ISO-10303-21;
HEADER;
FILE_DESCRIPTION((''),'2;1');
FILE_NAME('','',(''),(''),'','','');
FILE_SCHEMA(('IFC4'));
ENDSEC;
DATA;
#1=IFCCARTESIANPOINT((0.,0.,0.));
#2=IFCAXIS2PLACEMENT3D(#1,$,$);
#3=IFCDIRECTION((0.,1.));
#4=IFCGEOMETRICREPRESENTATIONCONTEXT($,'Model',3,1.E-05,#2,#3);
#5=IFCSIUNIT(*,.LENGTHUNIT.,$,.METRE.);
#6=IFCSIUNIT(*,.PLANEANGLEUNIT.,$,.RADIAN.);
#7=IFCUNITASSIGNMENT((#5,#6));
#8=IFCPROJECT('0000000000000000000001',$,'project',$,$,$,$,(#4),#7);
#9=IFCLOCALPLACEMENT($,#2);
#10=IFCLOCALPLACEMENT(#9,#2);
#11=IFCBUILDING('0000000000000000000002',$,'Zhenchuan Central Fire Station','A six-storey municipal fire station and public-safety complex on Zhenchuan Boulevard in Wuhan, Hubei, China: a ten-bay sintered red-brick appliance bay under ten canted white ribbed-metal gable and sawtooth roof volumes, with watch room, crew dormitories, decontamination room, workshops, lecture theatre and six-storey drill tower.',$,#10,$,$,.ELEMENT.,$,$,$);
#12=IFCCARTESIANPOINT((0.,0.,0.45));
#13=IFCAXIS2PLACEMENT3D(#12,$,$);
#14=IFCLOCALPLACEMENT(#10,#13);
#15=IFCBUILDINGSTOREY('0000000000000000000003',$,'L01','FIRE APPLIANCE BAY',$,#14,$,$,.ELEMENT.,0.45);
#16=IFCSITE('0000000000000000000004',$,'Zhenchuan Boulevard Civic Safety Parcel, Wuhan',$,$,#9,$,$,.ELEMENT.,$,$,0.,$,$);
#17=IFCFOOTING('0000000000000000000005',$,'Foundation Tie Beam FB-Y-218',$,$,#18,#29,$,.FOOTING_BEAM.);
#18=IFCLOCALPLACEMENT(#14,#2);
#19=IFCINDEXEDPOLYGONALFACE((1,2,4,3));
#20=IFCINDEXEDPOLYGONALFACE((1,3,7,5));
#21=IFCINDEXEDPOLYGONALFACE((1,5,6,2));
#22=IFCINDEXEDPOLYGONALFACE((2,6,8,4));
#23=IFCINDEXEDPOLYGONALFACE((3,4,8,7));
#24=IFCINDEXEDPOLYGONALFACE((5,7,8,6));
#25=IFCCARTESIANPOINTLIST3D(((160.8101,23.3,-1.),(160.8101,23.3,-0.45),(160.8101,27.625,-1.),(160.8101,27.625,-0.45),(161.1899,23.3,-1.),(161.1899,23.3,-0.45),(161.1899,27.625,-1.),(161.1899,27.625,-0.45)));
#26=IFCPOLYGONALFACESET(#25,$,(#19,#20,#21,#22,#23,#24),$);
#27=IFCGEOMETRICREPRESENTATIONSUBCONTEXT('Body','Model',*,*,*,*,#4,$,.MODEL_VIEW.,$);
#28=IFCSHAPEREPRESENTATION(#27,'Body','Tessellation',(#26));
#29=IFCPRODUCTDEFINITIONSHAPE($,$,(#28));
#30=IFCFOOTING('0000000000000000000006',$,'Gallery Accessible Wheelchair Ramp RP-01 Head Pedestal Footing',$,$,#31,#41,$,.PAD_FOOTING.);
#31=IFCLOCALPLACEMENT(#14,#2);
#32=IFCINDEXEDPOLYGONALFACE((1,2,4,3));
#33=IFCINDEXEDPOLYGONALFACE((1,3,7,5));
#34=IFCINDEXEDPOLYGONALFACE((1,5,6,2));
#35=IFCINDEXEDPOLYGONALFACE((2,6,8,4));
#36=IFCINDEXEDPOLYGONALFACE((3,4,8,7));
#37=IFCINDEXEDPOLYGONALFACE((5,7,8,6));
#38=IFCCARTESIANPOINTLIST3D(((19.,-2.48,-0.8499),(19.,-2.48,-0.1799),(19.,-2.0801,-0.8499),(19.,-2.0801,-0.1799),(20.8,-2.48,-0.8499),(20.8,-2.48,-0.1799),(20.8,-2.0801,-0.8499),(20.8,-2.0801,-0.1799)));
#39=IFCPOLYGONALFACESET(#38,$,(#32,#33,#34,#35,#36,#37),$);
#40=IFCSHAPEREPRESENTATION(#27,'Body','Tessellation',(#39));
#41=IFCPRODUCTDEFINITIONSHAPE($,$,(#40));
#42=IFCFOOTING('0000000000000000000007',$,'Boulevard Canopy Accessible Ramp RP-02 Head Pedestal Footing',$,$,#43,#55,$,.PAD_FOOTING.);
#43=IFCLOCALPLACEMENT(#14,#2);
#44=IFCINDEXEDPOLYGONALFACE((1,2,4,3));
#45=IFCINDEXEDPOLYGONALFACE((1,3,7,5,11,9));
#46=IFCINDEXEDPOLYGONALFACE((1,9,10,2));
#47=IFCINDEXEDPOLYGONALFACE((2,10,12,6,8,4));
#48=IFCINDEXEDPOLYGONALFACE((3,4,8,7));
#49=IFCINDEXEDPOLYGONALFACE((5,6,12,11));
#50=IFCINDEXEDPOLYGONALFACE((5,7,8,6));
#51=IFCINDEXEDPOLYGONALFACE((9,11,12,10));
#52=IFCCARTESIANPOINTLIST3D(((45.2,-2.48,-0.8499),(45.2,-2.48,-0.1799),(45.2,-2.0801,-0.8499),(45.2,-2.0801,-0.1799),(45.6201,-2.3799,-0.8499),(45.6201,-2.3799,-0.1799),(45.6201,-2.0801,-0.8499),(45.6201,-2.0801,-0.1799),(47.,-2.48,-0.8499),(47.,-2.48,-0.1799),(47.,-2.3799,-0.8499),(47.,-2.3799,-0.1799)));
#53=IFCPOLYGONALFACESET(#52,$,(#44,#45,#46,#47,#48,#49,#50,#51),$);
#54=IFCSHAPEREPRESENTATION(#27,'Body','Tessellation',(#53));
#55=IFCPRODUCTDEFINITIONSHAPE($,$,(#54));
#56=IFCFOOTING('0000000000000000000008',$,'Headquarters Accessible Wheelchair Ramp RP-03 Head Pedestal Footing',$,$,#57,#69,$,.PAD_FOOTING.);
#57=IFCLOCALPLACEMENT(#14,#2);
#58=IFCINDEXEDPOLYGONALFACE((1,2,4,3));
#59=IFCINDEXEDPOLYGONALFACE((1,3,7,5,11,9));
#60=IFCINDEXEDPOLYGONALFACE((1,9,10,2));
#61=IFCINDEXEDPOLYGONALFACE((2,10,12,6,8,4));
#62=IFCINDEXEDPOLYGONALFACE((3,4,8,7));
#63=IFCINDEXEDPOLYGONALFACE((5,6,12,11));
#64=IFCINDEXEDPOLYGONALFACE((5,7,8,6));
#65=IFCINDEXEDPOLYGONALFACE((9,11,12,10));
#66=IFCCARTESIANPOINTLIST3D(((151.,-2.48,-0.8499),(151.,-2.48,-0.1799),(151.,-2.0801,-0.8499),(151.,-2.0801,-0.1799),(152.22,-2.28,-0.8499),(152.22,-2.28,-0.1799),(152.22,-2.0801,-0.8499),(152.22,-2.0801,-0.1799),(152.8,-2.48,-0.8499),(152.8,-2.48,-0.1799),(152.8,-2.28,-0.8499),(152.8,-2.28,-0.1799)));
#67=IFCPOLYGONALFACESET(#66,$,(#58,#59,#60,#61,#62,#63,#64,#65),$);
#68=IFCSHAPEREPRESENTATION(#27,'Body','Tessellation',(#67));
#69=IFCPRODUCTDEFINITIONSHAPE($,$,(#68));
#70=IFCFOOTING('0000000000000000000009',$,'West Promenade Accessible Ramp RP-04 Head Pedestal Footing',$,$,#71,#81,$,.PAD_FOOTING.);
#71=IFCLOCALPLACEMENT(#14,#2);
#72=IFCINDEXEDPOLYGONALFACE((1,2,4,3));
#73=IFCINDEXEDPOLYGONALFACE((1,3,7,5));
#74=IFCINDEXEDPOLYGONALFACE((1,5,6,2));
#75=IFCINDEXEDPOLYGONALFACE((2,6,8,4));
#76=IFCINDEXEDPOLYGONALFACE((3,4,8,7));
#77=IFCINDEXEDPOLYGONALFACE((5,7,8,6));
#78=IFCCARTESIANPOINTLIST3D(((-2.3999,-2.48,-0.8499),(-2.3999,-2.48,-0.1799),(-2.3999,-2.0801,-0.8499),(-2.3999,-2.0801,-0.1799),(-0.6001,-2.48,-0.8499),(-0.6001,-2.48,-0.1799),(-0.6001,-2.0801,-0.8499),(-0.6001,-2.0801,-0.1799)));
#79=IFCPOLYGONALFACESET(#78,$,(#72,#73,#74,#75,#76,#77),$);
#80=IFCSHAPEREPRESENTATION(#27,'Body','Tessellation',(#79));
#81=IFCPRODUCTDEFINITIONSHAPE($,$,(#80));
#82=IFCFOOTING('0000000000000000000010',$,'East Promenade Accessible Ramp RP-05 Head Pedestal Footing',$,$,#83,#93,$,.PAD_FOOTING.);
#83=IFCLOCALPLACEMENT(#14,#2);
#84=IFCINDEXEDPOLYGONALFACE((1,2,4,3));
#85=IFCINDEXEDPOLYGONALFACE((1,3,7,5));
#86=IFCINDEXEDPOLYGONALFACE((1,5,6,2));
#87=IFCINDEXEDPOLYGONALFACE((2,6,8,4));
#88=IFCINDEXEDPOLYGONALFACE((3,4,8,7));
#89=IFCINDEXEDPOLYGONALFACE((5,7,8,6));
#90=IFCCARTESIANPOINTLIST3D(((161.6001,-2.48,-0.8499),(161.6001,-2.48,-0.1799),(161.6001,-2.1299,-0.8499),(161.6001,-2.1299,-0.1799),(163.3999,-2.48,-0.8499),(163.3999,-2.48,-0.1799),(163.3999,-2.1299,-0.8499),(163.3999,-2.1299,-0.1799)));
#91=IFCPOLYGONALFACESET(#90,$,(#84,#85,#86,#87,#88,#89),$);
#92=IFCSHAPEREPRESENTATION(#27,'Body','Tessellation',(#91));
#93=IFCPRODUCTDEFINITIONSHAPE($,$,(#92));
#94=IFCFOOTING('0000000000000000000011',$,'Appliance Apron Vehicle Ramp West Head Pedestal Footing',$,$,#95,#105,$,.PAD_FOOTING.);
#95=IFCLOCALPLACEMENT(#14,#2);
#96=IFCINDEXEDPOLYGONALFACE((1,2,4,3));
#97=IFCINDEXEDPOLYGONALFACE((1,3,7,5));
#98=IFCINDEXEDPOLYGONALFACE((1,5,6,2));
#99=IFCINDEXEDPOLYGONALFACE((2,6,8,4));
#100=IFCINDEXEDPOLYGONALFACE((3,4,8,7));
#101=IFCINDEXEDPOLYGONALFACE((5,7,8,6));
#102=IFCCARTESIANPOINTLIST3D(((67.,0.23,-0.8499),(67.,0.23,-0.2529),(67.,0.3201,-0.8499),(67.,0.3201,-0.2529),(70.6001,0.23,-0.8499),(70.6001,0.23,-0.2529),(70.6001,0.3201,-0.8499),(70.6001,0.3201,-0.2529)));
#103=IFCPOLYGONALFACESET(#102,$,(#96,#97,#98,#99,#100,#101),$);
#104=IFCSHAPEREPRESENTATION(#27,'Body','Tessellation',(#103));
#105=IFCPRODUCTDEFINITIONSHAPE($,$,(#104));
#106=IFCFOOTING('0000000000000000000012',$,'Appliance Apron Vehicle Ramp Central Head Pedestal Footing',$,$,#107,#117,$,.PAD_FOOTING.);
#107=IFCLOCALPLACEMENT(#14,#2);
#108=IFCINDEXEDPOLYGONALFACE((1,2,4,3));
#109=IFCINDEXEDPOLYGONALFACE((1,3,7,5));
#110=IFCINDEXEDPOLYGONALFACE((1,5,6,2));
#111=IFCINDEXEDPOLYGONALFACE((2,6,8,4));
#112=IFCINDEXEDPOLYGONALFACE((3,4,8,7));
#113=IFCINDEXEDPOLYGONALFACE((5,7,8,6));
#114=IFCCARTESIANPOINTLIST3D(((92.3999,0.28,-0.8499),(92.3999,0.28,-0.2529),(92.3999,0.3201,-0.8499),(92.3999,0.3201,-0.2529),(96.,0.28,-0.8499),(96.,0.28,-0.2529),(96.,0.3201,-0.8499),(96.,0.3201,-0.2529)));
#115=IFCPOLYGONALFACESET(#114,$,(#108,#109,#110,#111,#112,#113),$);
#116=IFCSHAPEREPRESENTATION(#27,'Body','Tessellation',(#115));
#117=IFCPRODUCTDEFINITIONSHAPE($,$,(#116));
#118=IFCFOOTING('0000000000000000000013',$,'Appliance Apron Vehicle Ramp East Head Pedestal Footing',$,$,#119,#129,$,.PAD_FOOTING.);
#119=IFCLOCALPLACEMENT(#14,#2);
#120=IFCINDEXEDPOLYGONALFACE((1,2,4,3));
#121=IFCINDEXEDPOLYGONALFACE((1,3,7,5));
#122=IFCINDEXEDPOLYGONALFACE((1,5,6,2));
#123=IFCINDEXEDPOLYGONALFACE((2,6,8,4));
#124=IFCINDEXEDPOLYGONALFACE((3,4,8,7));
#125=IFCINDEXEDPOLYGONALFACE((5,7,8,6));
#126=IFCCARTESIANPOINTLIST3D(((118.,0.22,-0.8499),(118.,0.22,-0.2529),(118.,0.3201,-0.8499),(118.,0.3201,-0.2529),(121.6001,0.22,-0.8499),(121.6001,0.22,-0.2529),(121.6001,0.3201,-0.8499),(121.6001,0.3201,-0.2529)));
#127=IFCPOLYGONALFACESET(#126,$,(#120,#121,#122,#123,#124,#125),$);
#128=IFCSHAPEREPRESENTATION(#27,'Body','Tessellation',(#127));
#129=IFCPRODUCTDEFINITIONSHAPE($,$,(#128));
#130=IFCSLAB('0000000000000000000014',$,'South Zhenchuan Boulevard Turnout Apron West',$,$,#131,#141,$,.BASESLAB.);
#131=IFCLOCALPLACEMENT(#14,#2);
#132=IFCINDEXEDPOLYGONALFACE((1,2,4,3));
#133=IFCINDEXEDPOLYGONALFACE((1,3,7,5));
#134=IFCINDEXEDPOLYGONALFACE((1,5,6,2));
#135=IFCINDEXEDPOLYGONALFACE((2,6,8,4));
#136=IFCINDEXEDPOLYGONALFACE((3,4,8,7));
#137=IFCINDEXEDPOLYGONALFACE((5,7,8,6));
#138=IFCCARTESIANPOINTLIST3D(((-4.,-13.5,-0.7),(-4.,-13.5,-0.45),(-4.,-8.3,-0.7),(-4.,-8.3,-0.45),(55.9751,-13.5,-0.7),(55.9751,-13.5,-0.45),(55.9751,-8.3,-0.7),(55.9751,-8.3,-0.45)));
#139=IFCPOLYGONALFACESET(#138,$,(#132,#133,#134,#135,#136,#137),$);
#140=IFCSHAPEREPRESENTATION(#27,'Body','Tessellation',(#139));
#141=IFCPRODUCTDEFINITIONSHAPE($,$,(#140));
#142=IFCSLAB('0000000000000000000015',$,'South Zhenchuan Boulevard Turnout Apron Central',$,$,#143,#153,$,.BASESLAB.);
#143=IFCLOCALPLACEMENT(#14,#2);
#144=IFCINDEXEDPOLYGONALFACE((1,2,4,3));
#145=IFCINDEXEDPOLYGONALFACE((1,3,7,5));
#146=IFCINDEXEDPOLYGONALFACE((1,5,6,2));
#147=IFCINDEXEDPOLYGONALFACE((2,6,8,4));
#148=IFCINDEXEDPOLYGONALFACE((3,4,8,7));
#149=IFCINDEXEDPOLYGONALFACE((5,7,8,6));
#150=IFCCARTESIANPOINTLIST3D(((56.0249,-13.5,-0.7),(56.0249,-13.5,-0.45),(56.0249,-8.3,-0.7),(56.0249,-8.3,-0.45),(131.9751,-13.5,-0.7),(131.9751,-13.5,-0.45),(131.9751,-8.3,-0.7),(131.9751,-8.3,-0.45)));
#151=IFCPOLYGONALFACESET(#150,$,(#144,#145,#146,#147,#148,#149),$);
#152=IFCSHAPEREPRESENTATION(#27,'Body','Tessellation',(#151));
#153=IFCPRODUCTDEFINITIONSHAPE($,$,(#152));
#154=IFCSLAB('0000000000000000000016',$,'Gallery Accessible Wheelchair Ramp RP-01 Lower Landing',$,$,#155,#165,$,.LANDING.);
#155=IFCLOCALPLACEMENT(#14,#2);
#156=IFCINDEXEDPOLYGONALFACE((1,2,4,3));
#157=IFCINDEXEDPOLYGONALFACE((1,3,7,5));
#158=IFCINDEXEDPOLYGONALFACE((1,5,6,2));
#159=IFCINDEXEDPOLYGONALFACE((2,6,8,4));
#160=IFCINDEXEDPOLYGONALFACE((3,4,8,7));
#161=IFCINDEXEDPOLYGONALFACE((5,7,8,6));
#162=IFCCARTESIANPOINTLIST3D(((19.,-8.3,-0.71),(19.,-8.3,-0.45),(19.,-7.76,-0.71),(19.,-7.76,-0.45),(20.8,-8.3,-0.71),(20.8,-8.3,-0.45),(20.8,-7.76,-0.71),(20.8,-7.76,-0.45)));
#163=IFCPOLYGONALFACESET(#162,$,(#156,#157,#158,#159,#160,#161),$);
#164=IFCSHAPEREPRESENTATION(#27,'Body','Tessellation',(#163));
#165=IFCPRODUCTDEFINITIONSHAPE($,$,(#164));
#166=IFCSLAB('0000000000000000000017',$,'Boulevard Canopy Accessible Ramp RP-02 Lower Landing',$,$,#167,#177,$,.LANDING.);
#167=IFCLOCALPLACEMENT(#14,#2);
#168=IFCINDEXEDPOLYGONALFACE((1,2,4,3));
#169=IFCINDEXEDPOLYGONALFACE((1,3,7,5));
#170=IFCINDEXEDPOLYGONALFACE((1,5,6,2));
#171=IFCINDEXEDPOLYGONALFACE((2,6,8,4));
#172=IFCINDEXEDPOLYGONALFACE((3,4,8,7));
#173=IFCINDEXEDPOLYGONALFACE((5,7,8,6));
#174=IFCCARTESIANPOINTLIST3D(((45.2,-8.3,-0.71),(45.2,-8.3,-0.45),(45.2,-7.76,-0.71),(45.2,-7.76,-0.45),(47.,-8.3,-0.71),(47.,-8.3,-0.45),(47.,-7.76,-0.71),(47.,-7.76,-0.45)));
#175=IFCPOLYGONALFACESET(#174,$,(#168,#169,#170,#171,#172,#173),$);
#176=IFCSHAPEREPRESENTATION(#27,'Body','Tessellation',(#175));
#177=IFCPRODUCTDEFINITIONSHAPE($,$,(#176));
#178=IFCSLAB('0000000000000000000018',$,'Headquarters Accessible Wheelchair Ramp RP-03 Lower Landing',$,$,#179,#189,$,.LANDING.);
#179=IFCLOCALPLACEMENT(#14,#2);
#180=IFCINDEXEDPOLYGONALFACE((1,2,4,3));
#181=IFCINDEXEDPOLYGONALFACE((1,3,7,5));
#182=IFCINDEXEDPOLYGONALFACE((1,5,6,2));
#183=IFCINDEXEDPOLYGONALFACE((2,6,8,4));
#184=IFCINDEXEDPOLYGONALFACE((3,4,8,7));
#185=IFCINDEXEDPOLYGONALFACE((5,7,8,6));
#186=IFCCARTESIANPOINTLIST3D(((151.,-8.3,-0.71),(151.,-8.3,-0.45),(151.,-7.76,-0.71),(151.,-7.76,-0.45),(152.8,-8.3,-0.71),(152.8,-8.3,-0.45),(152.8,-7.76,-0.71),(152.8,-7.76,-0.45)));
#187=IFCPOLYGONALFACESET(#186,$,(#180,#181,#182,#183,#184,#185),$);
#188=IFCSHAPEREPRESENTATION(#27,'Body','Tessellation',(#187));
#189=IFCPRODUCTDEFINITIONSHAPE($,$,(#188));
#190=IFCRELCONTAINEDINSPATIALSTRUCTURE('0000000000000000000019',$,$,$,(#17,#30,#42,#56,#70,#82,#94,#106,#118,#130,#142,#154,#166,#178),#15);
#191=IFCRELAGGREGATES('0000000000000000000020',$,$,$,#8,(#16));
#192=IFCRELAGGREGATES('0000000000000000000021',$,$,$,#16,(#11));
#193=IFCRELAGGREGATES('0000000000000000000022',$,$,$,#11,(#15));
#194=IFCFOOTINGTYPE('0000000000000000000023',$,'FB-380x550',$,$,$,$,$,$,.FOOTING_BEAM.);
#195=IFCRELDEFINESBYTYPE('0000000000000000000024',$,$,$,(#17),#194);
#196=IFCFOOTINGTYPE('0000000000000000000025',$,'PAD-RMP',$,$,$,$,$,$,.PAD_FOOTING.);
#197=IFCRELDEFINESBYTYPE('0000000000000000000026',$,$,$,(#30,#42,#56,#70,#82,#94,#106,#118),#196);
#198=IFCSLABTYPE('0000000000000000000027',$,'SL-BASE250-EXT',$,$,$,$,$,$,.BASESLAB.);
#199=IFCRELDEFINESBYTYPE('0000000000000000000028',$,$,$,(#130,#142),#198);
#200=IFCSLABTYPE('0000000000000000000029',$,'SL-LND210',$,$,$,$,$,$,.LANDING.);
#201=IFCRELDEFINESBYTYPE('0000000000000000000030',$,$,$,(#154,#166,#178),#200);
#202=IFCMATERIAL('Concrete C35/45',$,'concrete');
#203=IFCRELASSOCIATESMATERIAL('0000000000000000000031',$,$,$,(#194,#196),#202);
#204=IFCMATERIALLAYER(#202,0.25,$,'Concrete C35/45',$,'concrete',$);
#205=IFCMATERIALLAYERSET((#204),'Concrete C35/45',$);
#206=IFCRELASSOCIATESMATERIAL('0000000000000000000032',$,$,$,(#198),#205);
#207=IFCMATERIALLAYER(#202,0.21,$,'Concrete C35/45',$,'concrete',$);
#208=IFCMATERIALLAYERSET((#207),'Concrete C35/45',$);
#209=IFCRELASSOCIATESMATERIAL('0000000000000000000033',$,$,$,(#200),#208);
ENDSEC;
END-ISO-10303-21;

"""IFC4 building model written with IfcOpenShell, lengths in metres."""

from ifc_helpers import new_model, si_unit, direction, frame, origin, place, context, subcontext, project, spatial, polyline, outline, extrude, material, layer, layer_set, type_object, element, save


model = new_model("IFC4")

# Units and contexts
model_context = context("Model", 3, precision=1e-05, world=origin(), true_north=direction((0.0, 1.0)))
body_context = subcontext(model_context, "Body", "Model", "MODEL_VIEW")
ifc_project = project(units=[si_unit("LENGTHUNIT", "METRE"), si_unit("PLANEANGLEUNIT", "RADIAN")], contexts=[model_context])

# Site, building, storey
site_placement = place(None, origin())
site = spatial("IfcSite", under=ifc_project, at=site_placement, Name="Zhenchuan Boulevard Civic Safety Parcel, Wuhan", CompositionType="ELEMENT", RefElevation=0.0)
building_placement = place(site_placement, origin())
building = spatial("IfcBuilding", under=site, at=building_placement, Name="Zhenchuan Central Fire Station", Description="A six-storey municipal fire station and public-safety complex on Zhenchuan Boulevard in Wuhan, Hubei, China: a ten-bay sintered red-brick appliance bay under ten canted white ribbed-metal gable and sawtooth roof volumes, with watch room, crew dormitories, decontamination room, workshops, lecture theatre and six-storey drill tower.", CompositionType="ELEMENT")
storey_placement = place(building_placement, frame((0.0, 0.0, 0.45)))
storey = spatial("IfcBuildingStorey", under=building, at=storey_placement, Name="L01", Description="FIRE APPLIANCE BAY", CompositionType="ELEMENT", Elevation=0.45)

# Footings
ifc_material = material(Name="Concrete C35/45", Category="concrete")
footing_type_1 = type_object("IfcFootingType", Name="FB-380x550", PredefinedType="FOOTING_BEAM", material=ifc_material)
footing_1_placement = place(storey_placement, frame((0.0, 0.0, -1.0)))
element("IfcFooting", 1, at=footing_1_placement, inside=storey, type_object=footing_type_1, Name="Foundation Tie Beam FB-Y-218", PredefinedType="FOOTING_BEAM", context=body_context, shape_type="SweptSolid", body=[
    extrude(outline(polyline([(160.8101, 23.3), (161.1899, 23.3), (161.1899, 27.625), (160.8101, 27.625), (160.8101, 23.3)])), origin(), (0.0, 0.0, 1.0), 0.55),
])
footing_type_2 = type_object("IfcFootingType", Name="PAD-RMP", PredefinedType="PAD_FOOTING", material=ifc_material)
footing_2_placement = place(storey_placement, frame((0.0, 0.0, -0.8499)))
element("IfcFooting", 2, at=footing_2_placement, inside=storey, type_object=footing_type_2, Name="Gallery Accessible Wheelchair Ramp RP-01 Head Pedestal Footing", PredefinedType="PAD_FOOTING", context=body_context, shape_type="SweptSolid", body=[
    extrude(outline(polyline([(19.0, -2.48), (19.0, -2.0801), (20.8, -2.0801), (20.8, -2.48), (19.0, -2.48)])), origin(), (0.0, 0.0, 1.0), 0.6699),
])
footing_3_placement = place(storey_placement, frame((0.0, 0.0, -0.8499)))
element("IfcFooting", 3, at=footing_3_placement, inside=storey, type_object=footing_type_2, Name="Boulevard Canopy Accessible Ramp RP-02 Head Pedestal Footing", PredefinedType="PAD_FOOTING", context=body_context, shape_type="SweptSolid", body=[
    extrude(outline(polyline([(47.0, -2.48), (45.2, -2.48), (45.2, -2.0801), (45.6201, -2.0801), (45.6201, -2.3799), (47.0, -2.3799), (47.0, -2.48)])), origin(), (0.0, 0.0, 1.0), 0.6699),
])
footing_4_placement = place(storey_placement, frame((0.0, 0.0, -0.8499)))
element("IfcFooting", 4, at=footing_4_placement, inside=storey, type_object=footing_type_2, Name="Headquarters Accessible Wheelchair Ramp RP-03 Head Pedestal Footing", PredefinedType="PAD_FOOTING", context=body_context, shape_type="SweptSolid", body=[
    extrude(outline(polyline([(152.8, -2.48), (151.0, -2.48), (151.0, -2.0801), (152.22, -2.0801), (152.22, -2.28), (152.8, -2.28), (152.8, -2.48)])), origin(), (0.0, 0.0, 1.0), 0.6699),
])
footing_5_placement = place(storey_placement, frame((0.0, 0.0, -0.8499)))
element("IfcFooting", 5, at=footing_5_placement, inside=storey, type_object=footing_type_2, Name="West Promenade Accessible Ramp RP-04 Head Pedestal Footing", PredefinedType="PAD_FOOTING", context=body_context, shape_type="SweptSolid", body=[
    extrude(outline(polyline([(-2.3999, -2.48), (-2.3999, -2.0801), (-0.6001, -2.0801), (-0.6001, -2.48), (-2.3999, -2.48)])), origin(), (0.0, 0.0, 1.0), 0.6699),
])
footing_6_placement = place(storey_placement, frame((0.0, 0.0, -0.8499)))
element("IfcFooting", 6, at=footing_6_placement, inside=storey, type_object=footing_type_2, Name="East Promenade Accessible Ramp RP-05 Head Pedestal Footing", PredefinedType="PAD_FOOTING", context=body_context, shape_type="SweptSolid", body=[
    extrude(outline(polyline([(163.3999, -2.48), (161.6001, -2.48), (161.6001, -2.1299), (163.3999, -2.1299), (163.3999, -2.48)])), origin(), (0.0, 0.0, 1.0), 0.6699),
])
footing_7_placement = place(storey_placement, frame((0.0, 0.0, -0.8499)))
element("IfcFooting", 7, at=footing_7_placement, inside=storey, type_object=footing_type_2, Name="Appliance Apron Vehicle Ramp West Head Pedestal Footing", PredefinedType="PAD_FOOTING", context=body_context, shape_type="SweptSolid", body=[
    extrude(outline(polyline([(67.0, 0.3201), (70.6001, 0.3201), (70.6001, 0.23), (67.0, 0.23), (67.0, 0.3201)])), origin(), (0.0, 0.0, 1.0), 0.5969),
])
footing_8_placement = place(storey_placement, frame((0.0, 0.0, -0.8499)))
element("IfcFooting", 8, at=footing_8_placement, inside=storey, type_object=footing_type_2, Name="Appliance Apron Vehicle Ramp Central Head Pedestal Footing", PredefinedType="PAD_FOOTING", context=body_context, shape_type="SweptSolid", body=[
    extrude(outline(polyline([(92.3999, 0.3201), (96.0, 0.3201), (96.0, 0.28), (92.3999, 0.28), (92.3999, 0.3201)])), origin(), (0.0, 0.0, 1.0), 0.5969),
])
footing_9_placement = place(storey_placement, frame((0.0, 0.0, -0.8499)))
element("IfcFooting", 9, at=footing_9_placement, inside=storey, type_object=footing_type_2, Name="Appliance Apron Vehicle Ramp East Head Pedestal Footing", PredefinedType="PAD_FOOTING", context=body_context, shape_type="SweptSolid", body=[
    extrude(outline(polyline([(118.0, 0.3201), (121.6001, 0.3201), (121.6001, 0.22), (118.0, 0.22), (118.0, 0.3201)])), origin(), (0.0, 0.0, 1.0), 0.5969),
])

# Slabs
ifc_layer_1 = layer(ifc_material, 0.25, Name="Concrete C35/45", Category="concrete")
ifc_layer_set_1 = layer_set([ifc_layer_1], Name="Concrete C35/45")
slab_type_1 = type_object("IfcSlabType", Name="SL-BASE250-EXT", PredefinedType="BASESLAB", material=ifc_layer_set_1)
slab_1_placement = place(storey_placement, frame((0.0, 0.0, -0.7)))
element("IfcSlab", 10, at=slab_1_placement, inside=storey, type_object=slab_type_1, Name="South Zhenchuan Boulevard Turnout Apron West", PredefinedType="BASESLAB", context=body_context, shape_type="SweptSolid", body=[
    extrude(outline(polyline([(-4.0, -13.5), (55.9751, -13.5), (55.9751, -8.3), (-4.0, -8.3), (-4.0, -13.5)])), origin(), (0.0, 0.0, 1.0), 0.25),
])
slab_2_placement = place(storey_placement, frame((0.0, 0.0, -0.7)))
element("IfcSlab", 11, at=slab_2_placement, inside=storey, type_object=slab_type_1, Name="South Zhenchuan Boulevard Turnout Apron Central", PredefinedType="BASESLAB", context=body_context, shape_type="SweptSolid", body=[
    extrude(outline(polyline([(56.0249, -13.5), (131.9751, -13.5), (131.9751, -8.3), (56.0249, -8.3), (56.0249, -13.5)])), origin(), (0.0, 0.0, 1.0), 0.25),
])
ifc_layer_2 = layer(ifc_material, 0.21, Name="Concrete C35/45", Category="concrete")
ifc_layer_set_2 = layer_set([ifc_layer_2], Name="Concrete C35/45")
slab_type_2 = type_object("IfcSlabType", Name="SL-LND210", PredefinedType="LANDING", material=ifc_layer_set_2)
slab_3_placement = place(storey_placement, frame((0.0, 0.0, -0.71)))
element("IfcSlab", 12, at=slab_3_placement, inside=storey, type_object=slab_type_2, Name="Gallery Accessible Wheelchair Ramp RP-01 Lower Landing", PredefinedType="LANDING", context=body_context, shape_type="SweptSolid", body=[
    extrude(outline(polyline([(19.0, -8.3), (20.8, -8.3), (20.8, -7.76), (19.0, -7.76), (19.0, -8.3)])), origin(), (0.0, 0.0, 1.0), 0.26),
])
slab_4_placement = place(storey_placement, frame((0.0, 0.0, -0.71)))
element("IfcSlab", 13, at=slab_4_placement, inside=storey, type_object=slab_type_2, Name="Boulevard Canopy Accessible Ramp RP-02 Lower Landing", PredefinedType="LANDING", context=body_context, shape_type="SweptSolid", body=[
    extrude(outline(polyline([(45.2, -8.3), (47.0, -8.3), (47.0, -7.76), (45.2, -7.76), (45.2, -8.3)])), origin(), (0.0, 0.0, 1.0), 0.26),
])
slab_5_placement = place(storey_placement, frame((0.0, 0.0, -0.71)))
element("IfcSlab", 14, at=slab_5_placement, inside=storey, type_object=slab_type_2, Name="Headquarters Accessible Wheelchair Ramp RP-03 Lower Landing", PredefinedType="LANDING", context=body_context, shape_type="SweptSolid", body=[
    extrude(outline(polyline([(151.0, -8.3), (152.8, -8.3), (152.8, -7.76), (151.0, -7.76), (151.0, -8.3)])), origin(), (0.0, 0.0, 1.0), 0.26),
])

save(model, "model.ifc")
